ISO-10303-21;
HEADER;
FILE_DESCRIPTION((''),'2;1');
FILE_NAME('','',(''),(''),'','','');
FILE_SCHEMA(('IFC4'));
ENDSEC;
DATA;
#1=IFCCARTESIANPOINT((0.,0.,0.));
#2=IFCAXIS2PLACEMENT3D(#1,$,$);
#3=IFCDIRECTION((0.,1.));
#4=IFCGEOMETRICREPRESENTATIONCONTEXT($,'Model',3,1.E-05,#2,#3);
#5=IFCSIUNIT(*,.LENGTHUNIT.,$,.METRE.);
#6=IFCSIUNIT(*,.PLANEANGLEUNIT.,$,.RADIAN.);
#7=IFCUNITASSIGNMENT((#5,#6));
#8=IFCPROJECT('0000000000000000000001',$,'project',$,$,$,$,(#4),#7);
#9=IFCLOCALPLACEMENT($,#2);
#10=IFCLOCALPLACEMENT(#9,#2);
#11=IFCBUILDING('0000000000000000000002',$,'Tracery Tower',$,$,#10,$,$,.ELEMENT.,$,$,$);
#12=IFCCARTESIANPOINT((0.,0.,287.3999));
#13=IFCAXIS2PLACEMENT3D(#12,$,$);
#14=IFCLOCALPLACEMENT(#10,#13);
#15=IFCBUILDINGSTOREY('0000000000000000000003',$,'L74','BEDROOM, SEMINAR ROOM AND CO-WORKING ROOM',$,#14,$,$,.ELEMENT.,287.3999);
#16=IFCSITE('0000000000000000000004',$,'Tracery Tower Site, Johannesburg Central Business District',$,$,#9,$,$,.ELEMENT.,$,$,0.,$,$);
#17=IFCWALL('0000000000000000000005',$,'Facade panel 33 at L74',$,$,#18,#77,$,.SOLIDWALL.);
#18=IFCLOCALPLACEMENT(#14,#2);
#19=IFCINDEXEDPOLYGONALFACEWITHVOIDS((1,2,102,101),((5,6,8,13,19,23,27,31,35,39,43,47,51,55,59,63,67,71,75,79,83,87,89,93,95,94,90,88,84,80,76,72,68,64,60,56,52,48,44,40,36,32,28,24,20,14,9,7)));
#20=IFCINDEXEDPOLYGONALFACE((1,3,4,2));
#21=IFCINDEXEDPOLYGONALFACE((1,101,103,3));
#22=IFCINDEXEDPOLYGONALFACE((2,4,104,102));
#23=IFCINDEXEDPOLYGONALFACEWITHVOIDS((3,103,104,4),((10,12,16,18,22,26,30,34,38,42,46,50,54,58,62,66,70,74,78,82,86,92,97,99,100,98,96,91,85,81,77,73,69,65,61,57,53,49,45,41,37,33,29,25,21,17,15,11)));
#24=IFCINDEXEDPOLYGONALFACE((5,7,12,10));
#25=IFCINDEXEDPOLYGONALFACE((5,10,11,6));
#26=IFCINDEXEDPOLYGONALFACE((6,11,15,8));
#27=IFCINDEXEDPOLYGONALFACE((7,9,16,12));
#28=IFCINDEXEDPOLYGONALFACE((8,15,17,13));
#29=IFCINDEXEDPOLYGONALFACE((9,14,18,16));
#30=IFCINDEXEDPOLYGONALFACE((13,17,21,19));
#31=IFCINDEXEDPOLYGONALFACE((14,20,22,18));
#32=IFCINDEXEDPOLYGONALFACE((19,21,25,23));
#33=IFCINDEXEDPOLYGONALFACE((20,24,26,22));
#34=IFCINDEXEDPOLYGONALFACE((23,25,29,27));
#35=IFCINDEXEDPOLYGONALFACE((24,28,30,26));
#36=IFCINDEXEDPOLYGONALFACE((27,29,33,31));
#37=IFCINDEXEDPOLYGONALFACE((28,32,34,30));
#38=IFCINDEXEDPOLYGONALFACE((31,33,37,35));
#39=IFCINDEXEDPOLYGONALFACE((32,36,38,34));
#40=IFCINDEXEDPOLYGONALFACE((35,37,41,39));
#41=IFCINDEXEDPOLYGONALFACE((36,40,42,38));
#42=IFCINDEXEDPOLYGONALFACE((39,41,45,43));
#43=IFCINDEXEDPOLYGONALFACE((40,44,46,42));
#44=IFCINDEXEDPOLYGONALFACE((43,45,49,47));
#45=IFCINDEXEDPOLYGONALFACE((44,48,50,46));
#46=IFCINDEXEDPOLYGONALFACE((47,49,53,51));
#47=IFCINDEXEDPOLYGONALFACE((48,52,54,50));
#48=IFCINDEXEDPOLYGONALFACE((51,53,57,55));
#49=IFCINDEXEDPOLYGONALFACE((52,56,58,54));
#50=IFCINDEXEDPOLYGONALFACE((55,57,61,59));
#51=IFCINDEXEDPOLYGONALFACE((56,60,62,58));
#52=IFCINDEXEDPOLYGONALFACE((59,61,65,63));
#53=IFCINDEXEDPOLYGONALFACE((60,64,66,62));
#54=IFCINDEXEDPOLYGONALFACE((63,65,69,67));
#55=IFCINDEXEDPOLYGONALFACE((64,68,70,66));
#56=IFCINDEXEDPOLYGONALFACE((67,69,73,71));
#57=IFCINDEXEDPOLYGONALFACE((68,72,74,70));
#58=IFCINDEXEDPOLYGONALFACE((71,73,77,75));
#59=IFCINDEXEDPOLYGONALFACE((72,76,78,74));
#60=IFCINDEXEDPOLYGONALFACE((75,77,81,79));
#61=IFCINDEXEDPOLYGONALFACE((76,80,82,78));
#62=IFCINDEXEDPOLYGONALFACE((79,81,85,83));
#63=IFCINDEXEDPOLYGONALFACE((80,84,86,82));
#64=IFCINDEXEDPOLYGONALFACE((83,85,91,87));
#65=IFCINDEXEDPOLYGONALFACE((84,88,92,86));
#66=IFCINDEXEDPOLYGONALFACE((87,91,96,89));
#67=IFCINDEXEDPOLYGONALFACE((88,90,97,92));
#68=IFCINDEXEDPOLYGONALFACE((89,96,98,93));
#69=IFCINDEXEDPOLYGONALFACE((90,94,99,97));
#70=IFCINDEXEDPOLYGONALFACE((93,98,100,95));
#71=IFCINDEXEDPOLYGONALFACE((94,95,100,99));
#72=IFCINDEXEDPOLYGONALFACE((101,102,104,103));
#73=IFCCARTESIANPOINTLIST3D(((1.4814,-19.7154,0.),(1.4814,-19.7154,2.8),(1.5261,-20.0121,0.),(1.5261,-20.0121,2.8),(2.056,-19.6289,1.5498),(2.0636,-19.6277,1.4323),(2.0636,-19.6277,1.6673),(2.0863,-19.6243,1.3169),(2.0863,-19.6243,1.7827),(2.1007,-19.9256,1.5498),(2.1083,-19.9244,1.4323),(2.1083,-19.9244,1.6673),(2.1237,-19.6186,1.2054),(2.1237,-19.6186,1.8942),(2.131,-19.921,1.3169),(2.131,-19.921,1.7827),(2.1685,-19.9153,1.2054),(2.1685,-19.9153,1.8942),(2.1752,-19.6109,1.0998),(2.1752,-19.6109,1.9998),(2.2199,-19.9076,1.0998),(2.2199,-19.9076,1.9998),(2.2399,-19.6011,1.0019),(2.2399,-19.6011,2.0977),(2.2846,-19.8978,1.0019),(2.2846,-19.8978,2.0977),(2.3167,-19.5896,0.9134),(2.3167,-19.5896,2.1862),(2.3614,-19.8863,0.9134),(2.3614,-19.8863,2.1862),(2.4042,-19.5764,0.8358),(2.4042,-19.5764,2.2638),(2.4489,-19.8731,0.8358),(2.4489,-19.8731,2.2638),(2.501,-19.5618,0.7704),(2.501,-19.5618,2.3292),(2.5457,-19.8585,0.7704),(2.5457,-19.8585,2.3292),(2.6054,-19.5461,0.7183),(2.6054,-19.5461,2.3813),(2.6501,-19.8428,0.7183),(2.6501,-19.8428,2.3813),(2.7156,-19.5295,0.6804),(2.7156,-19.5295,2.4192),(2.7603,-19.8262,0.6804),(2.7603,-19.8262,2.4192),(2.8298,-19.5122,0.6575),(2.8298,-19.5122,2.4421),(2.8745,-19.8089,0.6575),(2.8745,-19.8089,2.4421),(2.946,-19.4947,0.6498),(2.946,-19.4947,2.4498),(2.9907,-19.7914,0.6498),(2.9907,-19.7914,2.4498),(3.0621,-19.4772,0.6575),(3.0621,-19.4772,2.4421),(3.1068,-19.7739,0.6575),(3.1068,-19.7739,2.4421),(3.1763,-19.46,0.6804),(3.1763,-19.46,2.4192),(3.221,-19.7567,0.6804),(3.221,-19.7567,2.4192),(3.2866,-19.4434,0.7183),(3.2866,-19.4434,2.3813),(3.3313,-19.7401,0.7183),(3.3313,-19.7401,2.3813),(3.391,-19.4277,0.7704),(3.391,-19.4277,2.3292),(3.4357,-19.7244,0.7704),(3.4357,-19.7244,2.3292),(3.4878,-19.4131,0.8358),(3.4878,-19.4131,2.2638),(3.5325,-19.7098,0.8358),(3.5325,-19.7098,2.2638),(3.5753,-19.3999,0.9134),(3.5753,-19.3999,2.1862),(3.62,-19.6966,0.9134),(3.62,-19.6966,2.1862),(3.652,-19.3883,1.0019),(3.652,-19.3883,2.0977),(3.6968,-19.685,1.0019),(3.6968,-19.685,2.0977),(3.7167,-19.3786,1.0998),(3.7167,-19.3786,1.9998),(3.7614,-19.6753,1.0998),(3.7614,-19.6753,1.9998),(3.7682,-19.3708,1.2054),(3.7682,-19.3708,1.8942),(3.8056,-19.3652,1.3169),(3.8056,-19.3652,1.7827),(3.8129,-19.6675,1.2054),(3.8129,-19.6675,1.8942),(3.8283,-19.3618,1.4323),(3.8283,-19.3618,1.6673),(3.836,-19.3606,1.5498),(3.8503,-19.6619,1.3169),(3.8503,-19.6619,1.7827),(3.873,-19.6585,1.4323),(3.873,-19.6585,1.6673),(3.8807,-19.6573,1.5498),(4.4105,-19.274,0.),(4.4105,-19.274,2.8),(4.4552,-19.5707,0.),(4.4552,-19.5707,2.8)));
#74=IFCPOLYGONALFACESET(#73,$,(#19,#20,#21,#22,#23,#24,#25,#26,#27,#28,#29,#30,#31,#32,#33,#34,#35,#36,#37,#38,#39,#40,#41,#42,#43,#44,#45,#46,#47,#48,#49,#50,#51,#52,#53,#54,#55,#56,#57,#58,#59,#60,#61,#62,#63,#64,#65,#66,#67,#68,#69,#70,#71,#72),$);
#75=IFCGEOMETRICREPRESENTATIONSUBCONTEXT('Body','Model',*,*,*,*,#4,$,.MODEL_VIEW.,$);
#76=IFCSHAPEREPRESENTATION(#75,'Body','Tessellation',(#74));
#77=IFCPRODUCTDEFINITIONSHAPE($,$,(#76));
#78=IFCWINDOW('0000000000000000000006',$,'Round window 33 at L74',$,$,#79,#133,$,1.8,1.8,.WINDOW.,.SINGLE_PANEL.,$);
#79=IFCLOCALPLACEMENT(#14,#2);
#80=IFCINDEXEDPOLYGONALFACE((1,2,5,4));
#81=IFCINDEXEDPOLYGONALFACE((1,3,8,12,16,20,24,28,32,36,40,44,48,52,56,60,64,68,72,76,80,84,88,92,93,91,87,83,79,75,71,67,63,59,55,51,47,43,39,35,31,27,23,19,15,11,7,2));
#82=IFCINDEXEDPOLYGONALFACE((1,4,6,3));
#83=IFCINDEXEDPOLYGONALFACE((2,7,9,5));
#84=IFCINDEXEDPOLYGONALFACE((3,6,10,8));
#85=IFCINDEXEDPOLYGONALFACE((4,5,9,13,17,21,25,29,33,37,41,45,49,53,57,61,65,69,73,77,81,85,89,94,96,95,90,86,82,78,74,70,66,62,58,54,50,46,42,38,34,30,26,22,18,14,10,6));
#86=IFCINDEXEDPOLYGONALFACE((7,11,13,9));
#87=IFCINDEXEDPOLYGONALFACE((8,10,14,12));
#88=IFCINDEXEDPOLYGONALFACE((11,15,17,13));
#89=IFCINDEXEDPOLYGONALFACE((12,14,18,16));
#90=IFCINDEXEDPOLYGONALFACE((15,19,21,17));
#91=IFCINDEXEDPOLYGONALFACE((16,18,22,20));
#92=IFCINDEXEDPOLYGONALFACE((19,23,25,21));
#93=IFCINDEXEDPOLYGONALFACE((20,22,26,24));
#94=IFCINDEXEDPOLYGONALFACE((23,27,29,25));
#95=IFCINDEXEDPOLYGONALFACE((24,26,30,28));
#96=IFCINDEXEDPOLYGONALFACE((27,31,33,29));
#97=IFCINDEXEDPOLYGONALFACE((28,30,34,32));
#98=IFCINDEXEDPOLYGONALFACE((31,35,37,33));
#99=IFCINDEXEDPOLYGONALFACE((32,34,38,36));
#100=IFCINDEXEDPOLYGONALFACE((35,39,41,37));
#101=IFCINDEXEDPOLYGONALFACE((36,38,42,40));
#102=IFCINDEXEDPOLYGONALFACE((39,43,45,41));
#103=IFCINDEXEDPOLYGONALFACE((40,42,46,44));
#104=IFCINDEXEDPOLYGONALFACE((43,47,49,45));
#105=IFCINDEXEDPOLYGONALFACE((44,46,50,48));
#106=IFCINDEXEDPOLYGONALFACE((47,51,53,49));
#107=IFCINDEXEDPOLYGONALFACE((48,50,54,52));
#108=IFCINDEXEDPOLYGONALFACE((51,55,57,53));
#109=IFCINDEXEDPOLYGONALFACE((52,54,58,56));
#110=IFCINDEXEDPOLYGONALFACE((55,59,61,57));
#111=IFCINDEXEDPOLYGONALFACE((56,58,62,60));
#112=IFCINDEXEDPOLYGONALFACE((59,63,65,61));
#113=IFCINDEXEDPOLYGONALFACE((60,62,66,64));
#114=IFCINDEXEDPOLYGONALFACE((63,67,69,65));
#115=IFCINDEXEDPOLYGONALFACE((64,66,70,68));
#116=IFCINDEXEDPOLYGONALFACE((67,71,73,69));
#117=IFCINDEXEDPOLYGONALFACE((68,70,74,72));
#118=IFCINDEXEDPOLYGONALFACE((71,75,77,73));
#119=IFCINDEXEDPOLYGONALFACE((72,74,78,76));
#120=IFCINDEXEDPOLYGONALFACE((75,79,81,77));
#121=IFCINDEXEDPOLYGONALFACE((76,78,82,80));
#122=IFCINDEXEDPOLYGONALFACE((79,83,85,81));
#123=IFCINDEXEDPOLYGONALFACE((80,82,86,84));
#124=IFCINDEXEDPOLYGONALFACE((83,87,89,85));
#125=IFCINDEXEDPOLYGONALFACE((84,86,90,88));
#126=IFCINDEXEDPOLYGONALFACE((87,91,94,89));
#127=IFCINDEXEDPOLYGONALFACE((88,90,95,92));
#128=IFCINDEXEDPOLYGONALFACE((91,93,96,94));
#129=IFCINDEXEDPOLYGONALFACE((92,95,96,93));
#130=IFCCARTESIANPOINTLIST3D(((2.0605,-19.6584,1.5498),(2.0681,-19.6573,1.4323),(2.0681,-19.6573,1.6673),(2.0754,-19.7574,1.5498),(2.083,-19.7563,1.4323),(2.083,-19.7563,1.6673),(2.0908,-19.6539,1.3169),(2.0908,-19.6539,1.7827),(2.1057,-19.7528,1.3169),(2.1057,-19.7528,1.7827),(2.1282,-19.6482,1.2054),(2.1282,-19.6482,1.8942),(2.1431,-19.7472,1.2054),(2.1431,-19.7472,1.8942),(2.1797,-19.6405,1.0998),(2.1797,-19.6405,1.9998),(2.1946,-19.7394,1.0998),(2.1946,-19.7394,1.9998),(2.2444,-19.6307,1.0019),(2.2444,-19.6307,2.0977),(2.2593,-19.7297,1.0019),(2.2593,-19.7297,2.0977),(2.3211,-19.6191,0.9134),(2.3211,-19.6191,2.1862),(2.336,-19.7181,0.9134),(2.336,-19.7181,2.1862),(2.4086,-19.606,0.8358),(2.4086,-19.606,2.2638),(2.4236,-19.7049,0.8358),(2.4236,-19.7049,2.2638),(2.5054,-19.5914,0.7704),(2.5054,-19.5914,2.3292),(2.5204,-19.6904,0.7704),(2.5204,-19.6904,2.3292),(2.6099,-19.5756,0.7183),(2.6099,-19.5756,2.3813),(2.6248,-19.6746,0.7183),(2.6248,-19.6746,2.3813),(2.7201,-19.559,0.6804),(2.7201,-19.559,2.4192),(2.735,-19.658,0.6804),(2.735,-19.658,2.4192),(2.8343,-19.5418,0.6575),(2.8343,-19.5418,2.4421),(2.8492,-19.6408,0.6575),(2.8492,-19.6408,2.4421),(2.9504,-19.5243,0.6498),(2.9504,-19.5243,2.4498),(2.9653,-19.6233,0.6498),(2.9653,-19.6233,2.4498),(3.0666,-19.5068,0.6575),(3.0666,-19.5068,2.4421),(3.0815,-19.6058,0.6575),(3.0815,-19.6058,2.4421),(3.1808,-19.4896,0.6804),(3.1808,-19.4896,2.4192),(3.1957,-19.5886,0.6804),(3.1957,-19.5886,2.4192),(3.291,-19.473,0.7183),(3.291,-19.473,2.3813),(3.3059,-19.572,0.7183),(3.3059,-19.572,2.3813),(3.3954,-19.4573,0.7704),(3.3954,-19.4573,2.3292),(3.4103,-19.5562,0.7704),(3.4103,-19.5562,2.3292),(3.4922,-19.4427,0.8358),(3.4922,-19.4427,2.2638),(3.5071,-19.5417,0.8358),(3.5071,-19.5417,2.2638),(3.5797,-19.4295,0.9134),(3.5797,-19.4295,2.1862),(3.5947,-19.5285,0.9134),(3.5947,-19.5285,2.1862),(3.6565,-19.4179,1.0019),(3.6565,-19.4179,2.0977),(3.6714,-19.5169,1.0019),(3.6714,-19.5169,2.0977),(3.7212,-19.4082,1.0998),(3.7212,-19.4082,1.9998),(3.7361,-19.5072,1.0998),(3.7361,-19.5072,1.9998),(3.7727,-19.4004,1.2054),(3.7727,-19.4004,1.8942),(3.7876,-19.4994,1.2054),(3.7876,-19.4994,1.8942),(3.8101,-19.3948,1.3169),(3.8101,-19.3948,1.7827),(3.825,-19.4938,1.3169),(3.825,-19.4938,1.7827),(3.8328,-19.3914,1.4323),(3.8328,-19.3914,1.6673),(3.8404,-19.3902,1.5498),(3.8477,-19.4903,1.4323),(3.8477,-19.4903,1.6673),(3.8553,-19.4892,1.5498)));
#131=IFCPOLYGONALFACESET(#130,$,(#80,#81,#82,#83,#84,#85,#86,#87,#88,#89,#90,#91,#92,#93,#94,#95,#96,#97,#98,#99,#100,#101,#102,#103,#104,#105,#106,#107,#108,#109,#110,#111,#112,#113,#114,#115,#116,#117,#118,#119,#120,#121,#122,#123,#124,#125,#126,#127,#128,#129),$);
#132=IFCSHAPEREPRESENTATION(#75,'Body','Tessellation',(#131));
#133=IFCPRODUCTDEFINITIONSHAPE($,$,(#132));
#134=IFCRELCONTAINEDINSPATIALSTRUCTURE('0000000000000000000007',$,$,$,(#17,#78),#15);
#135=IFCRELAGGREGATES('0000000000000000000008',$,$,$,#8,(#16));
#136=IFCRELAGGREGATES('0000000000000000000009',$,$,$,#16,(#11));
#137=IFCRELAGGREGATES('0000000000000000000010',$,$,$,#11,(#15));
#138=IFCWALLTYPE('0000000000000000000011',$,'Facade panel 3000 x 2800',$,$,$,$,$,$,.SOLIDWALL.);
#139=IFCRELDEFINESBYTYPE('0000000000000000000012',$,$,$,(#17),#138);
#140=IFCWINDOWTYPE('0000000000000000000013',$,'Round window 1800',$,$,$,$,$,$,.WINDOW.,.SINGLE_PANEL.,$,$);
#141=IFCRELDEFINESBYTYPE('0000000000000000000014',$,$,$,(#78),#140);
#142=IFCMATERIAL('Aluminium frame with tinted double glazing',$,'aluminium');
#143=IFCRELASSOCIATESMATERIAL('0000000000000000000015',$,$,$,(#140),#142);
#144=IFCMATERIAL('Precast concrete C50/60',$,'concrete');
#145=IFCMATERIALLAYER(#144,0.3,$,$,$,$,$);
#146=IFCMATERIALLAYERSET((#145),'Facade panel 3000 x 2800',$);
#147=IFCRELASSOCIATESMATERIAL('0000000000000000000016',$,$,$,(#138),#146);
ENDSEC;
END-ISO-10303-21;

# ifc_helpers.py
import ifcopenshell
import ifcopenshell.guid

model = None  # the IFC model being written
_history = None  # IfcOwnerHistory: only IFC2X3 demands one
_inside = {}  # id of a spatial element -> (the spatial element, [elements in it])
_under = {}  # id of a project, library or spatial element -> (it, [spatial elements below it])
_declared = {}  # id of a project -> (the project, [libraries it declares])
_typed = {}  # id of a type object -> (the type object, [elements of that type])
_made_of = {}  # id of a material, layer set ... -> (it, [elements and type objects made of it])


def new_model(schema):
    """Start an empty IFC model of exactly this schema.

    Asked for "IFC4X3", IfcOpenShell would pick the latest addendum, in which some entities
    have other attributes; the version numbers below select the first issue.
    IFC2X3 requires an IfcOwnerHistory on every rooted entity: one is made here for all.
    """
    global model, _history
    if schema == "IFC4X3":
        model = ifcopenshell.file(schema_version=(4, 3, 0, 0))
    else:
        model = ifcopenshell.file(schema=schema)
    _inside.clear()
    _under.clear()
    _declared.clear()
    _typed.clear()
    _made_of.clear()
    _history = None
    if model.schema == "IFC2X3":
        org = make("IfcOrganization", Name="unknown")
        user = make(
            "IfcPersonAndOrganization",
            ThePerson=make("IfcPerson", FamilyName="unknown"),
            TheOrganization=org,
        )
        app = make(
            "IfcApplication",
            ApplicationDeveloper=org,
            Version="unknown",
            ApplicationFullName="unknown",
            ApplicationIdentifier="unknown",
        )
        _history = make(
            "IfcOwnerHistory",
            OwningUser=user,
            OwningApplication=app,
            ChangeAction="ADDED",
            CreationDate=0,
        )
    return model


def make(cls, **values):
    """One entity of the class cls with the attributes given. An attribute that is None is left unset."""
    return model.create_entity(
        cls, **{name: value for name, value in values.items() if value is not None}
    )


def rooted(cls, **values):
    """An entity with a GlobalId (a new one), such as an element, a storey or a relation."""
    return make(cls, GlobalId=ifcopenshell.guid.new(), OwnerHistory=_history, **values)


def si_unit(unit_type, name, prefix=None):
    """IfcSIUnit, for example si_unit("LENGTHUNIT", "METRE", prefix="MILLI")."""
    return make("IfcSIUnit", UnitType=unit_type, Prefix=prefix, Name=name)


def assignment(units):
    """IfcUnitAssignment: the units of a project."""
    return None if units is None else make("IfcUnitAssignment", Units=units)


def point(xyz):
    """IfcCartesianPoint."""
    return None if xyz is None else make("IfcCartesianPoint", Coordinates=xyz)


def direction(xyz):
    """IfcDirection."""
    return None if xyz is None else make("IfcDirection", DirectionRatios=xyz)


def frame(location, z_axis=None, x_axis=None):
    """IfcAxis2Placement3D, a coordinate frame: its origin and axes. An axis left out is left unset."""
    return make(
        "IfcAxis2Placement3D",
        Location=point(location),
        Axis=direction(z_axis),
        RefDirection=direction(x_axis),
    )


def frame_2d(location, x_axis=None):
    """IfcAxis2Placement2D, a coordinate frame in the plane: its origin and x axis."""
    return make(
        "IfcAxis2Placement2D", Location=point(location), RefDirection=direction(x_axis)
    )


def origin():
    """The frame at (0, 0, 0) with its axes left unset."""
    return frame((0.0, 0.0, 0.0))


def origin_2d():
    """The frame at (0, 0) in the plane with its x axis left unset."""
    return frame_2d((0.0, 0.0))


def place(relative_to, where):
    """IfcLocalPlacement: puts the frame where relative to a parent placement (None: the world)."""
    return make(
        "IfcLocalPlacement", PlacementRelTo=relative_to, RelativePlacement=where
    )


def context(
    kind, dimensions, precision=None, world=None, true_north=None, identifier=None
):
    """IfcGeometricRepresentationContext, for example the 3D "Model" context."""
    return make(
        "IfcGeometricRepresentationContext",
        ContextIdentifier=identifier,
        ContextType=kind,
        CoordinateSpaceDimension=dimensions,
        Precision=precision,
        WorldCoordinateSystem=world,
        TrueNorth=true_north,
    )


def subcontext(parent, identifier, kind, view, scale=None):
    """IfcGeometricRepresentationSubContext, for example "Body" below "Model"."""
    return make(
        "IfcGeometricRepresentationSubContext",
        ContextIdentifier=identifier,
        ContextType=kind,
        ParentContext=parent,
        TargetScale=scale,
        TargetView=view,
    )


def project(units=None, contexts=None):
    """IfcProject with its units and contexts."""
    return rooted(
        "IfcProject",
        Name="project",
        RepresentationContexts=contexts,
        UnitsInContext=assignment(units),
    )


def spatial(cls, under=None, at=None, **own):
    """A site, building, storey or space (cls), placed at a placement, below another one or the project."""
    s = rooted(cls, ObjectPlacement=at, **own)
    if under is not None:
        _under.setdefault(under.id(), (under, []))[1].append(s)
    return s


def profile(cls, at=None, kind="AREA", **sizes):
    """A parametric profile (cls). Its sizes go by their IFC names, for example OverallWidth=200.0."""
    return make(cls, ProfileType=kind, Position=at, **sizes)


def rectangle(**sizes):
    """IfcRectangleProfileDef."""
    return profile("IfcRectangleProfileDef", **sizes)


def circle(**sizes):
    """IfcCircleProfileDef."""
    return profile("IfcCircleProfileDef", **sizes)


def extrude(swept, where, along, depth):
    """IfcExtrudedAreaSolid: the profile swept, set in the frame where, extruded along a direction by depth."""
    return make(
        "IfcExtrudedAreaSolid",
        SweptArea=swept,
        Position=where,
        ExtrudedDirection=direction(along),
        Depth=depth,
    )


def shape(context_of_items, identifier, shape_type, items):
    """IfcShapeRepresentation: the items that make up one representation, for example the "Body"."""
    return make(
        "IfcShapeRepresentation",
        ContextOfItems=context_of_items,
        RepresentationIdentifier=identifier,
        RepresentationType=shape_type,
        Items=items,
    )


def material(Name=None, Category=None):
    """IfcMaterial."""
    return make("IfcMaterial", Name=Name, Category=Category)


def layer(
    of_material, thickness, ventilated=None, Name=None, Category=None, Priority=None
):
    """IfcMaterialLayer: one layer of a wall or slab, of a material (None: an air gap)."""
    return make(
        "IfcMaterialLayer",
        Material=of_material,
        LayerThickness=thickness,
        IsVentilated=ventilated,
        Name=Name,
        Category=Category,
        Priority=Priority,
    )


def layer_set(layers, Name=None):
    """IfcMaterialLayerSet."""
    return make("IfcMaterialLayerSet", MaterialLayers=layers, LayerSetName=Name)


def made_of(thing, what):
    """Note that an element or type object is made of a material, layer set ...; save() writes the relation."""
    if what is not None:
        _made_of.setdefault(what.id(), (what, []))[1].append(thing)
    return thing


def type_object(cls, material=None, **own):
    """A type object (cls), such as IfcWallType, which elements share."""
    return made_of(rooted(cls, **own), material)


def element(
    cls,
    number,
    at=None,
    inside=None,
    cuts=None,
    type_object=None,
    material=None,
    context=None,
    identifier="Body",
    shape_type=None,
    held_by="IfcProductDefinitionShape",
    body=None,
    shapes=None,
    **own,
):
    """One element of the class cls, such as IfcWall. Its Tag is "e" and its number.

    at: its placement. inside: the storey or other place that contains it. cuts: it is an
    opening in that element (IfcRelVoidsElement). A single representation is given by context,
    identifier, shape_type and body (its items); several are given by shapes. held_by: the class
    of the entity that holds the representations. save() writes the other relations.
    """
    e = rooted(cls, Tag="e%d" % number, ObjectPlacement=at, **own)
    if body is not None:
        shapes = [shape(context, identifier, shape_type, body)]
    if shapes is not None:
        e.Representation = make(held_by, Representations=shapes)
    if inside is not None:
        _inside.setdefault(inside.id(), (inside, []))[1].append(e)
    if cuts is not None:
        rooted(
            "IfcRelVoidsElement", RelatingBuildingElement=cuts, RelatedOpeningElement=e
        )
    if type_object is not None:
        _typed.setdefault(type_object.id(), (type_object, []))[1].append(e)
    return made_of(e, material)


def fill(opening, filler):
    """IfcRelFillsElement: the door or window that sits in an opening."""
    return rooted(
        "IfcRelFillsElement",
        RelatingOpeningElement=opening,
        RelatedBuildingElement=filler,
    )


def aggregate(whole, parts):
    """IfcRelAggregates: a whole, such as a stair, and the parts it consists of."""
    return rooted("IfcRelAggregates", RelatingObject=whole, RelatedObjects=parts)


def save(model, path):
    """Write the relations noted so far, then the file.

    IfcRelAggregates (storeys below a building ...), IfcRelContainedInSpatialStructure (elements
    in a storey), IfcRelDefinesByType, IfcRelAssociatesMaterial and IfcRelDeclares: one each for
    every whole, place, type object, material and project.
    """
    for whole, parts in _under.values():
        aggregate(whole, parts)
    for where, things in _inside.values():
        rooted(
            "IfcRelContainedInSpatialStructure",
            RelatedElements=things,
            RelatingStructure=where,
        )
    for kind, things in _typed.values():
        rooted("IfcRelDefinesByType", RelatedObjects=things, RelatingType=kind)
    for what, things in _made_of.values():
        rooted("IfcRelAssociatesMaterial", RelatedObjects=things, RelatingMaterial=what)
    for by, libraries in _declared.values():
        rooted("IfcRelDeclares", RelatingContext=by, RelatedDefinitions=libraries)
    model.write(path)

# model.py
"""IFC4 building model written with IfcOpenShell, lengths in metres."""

from ifc_helpers import new_model, si_unit, direction, frame, frame_2d, origin, origin_2d, place, context, subcontext, project, spatial, rectangle, circle, extrude, material, layer, layer_set, type_object, element, fill, save


model = new_model("IFC4")

# Units and contexts
model_context = context("Model", 3, precision=1e-05, world=origin(), true_north=direction((0.0, 1.0)))
body_context = subcontext(model_context, "Body", "Model", "MODEL_VIEW")
ifc_project = project(units=[si_unit("LENGTHUNIT", "METRE"), si_unit("PLANEANGLEUNIT", "RADIAN")], contexts=[model_context])

# Site, building, storey
site_placement = place(None, origin())
site = spatial("IfcSite", under=ifc_project, at=site_placement, Name="Tracery Tower Site, Johannesburg Central Business District", CompositionType="ELEMENT", RefElevation=0.0)
building_placement = place(site_placement, origin())
building = spatial("IfcBuilding", under=site, at=building_placement, Name="Tracery Tower", CompositionType="ELEMENT")
storey_placement = place(building_placement, frame((0.0, 0.0, 287.3999)))
storey = spatial("IfcBuildingStorey", under=building, at=storey_placement, Name="L74", Description="BEDROOM, SEMINAR ROOM AND CO-WORKING ROOM", CompositionType="ELEMENT", Elevation=287.3999)

# Wall, opening, window
ifc_material_1 = material(Name="Aluminium frame with tinted double glazing", Category="aluminium")
window_type = type_object("IfcWindowType", Name="Round window 1800", PartitioningType="SINGLE_PANEL", PredefinedType="WINDOW", material=ifc_material_1)
ifc_material_2 = material(Name="Precast concrete C50/60", Category="concrete")
ifc_layer_1 = layer(ifc_material_2, 0.3)
ifc_layer_set_1 = layer_set([ifc_layer_1], Name="Facade panel 3000 x 2800")
wall_type_1 = type_object("IfcWallType", Name="Facade panel 3000 x 2800", PredefinedType="SOLIDWALL", material=ifc_layer_set_1)
wall_1_placement = place(storey_placement, frame((1.5039, -19.8638, 0.0), z_axis=(0.0, 0.0, 1.0), x_axis=(0.988836, 0.149009, 0.0)))
wall_1 = element("IfcWall", 1, at=wall_1_placement, inside=storey, type_object=wall_type_1, Name="Facade panel 33 at L74", PredefinedType="SOLIDWALL", context=body_context, shape_type="SweptSolid", body=[
    extrude(rectangle(XDim=2.9622, YDim=0.3, at=frame_2d((1.481, 0.0))), origin(), (0.0, 0.0, 1.0), 2.8),
])
opening_1_placement = place(wall_1_placement, frame((1.481, 0.0, 1.5498)))
opening_1 = element("IfcOpeningElement", 2, at=opening_1_placement, cuts=wall_1, PredefinedType="OPENING", context=body_context, shape_type="SweptSolid", body=[
    extrude(circle(Radius=0.9, at=origin_2d()), frame((0.0, 0.1599, 0.0), z_axis=(0.0, -1.0, 0.0), x_axis=(1.0, 0.0, 0.0)), (0.0, 0.0, 1.0), 0.3201),
])
window_1_placement = place(opening_1_placement, origin())
window_1 = element("IfcWindow", 3, at=window_1_placement, inside=storey, type_object=window_type, Name="Round window 33 at L74", OverallHeight=1.8, OverallWidth=1.8, PartitioningType="SINGLE_PANEL", PredefinedType="WINDOW", context=body_context, shape_type="SweptSolid", body=[
    extrude(circle(Radius=0.9, at=origin_2d()), frame((0.0, 0.1201, 0.0), z_axis=(0.0, -1.0, 0.0), x_axis=(1.0, 0.0, 0.0)), (0.0, 0.0, 1.0), 0.1001),
])
fill(opening_1, window_1)

save(model, "model.ifc")
